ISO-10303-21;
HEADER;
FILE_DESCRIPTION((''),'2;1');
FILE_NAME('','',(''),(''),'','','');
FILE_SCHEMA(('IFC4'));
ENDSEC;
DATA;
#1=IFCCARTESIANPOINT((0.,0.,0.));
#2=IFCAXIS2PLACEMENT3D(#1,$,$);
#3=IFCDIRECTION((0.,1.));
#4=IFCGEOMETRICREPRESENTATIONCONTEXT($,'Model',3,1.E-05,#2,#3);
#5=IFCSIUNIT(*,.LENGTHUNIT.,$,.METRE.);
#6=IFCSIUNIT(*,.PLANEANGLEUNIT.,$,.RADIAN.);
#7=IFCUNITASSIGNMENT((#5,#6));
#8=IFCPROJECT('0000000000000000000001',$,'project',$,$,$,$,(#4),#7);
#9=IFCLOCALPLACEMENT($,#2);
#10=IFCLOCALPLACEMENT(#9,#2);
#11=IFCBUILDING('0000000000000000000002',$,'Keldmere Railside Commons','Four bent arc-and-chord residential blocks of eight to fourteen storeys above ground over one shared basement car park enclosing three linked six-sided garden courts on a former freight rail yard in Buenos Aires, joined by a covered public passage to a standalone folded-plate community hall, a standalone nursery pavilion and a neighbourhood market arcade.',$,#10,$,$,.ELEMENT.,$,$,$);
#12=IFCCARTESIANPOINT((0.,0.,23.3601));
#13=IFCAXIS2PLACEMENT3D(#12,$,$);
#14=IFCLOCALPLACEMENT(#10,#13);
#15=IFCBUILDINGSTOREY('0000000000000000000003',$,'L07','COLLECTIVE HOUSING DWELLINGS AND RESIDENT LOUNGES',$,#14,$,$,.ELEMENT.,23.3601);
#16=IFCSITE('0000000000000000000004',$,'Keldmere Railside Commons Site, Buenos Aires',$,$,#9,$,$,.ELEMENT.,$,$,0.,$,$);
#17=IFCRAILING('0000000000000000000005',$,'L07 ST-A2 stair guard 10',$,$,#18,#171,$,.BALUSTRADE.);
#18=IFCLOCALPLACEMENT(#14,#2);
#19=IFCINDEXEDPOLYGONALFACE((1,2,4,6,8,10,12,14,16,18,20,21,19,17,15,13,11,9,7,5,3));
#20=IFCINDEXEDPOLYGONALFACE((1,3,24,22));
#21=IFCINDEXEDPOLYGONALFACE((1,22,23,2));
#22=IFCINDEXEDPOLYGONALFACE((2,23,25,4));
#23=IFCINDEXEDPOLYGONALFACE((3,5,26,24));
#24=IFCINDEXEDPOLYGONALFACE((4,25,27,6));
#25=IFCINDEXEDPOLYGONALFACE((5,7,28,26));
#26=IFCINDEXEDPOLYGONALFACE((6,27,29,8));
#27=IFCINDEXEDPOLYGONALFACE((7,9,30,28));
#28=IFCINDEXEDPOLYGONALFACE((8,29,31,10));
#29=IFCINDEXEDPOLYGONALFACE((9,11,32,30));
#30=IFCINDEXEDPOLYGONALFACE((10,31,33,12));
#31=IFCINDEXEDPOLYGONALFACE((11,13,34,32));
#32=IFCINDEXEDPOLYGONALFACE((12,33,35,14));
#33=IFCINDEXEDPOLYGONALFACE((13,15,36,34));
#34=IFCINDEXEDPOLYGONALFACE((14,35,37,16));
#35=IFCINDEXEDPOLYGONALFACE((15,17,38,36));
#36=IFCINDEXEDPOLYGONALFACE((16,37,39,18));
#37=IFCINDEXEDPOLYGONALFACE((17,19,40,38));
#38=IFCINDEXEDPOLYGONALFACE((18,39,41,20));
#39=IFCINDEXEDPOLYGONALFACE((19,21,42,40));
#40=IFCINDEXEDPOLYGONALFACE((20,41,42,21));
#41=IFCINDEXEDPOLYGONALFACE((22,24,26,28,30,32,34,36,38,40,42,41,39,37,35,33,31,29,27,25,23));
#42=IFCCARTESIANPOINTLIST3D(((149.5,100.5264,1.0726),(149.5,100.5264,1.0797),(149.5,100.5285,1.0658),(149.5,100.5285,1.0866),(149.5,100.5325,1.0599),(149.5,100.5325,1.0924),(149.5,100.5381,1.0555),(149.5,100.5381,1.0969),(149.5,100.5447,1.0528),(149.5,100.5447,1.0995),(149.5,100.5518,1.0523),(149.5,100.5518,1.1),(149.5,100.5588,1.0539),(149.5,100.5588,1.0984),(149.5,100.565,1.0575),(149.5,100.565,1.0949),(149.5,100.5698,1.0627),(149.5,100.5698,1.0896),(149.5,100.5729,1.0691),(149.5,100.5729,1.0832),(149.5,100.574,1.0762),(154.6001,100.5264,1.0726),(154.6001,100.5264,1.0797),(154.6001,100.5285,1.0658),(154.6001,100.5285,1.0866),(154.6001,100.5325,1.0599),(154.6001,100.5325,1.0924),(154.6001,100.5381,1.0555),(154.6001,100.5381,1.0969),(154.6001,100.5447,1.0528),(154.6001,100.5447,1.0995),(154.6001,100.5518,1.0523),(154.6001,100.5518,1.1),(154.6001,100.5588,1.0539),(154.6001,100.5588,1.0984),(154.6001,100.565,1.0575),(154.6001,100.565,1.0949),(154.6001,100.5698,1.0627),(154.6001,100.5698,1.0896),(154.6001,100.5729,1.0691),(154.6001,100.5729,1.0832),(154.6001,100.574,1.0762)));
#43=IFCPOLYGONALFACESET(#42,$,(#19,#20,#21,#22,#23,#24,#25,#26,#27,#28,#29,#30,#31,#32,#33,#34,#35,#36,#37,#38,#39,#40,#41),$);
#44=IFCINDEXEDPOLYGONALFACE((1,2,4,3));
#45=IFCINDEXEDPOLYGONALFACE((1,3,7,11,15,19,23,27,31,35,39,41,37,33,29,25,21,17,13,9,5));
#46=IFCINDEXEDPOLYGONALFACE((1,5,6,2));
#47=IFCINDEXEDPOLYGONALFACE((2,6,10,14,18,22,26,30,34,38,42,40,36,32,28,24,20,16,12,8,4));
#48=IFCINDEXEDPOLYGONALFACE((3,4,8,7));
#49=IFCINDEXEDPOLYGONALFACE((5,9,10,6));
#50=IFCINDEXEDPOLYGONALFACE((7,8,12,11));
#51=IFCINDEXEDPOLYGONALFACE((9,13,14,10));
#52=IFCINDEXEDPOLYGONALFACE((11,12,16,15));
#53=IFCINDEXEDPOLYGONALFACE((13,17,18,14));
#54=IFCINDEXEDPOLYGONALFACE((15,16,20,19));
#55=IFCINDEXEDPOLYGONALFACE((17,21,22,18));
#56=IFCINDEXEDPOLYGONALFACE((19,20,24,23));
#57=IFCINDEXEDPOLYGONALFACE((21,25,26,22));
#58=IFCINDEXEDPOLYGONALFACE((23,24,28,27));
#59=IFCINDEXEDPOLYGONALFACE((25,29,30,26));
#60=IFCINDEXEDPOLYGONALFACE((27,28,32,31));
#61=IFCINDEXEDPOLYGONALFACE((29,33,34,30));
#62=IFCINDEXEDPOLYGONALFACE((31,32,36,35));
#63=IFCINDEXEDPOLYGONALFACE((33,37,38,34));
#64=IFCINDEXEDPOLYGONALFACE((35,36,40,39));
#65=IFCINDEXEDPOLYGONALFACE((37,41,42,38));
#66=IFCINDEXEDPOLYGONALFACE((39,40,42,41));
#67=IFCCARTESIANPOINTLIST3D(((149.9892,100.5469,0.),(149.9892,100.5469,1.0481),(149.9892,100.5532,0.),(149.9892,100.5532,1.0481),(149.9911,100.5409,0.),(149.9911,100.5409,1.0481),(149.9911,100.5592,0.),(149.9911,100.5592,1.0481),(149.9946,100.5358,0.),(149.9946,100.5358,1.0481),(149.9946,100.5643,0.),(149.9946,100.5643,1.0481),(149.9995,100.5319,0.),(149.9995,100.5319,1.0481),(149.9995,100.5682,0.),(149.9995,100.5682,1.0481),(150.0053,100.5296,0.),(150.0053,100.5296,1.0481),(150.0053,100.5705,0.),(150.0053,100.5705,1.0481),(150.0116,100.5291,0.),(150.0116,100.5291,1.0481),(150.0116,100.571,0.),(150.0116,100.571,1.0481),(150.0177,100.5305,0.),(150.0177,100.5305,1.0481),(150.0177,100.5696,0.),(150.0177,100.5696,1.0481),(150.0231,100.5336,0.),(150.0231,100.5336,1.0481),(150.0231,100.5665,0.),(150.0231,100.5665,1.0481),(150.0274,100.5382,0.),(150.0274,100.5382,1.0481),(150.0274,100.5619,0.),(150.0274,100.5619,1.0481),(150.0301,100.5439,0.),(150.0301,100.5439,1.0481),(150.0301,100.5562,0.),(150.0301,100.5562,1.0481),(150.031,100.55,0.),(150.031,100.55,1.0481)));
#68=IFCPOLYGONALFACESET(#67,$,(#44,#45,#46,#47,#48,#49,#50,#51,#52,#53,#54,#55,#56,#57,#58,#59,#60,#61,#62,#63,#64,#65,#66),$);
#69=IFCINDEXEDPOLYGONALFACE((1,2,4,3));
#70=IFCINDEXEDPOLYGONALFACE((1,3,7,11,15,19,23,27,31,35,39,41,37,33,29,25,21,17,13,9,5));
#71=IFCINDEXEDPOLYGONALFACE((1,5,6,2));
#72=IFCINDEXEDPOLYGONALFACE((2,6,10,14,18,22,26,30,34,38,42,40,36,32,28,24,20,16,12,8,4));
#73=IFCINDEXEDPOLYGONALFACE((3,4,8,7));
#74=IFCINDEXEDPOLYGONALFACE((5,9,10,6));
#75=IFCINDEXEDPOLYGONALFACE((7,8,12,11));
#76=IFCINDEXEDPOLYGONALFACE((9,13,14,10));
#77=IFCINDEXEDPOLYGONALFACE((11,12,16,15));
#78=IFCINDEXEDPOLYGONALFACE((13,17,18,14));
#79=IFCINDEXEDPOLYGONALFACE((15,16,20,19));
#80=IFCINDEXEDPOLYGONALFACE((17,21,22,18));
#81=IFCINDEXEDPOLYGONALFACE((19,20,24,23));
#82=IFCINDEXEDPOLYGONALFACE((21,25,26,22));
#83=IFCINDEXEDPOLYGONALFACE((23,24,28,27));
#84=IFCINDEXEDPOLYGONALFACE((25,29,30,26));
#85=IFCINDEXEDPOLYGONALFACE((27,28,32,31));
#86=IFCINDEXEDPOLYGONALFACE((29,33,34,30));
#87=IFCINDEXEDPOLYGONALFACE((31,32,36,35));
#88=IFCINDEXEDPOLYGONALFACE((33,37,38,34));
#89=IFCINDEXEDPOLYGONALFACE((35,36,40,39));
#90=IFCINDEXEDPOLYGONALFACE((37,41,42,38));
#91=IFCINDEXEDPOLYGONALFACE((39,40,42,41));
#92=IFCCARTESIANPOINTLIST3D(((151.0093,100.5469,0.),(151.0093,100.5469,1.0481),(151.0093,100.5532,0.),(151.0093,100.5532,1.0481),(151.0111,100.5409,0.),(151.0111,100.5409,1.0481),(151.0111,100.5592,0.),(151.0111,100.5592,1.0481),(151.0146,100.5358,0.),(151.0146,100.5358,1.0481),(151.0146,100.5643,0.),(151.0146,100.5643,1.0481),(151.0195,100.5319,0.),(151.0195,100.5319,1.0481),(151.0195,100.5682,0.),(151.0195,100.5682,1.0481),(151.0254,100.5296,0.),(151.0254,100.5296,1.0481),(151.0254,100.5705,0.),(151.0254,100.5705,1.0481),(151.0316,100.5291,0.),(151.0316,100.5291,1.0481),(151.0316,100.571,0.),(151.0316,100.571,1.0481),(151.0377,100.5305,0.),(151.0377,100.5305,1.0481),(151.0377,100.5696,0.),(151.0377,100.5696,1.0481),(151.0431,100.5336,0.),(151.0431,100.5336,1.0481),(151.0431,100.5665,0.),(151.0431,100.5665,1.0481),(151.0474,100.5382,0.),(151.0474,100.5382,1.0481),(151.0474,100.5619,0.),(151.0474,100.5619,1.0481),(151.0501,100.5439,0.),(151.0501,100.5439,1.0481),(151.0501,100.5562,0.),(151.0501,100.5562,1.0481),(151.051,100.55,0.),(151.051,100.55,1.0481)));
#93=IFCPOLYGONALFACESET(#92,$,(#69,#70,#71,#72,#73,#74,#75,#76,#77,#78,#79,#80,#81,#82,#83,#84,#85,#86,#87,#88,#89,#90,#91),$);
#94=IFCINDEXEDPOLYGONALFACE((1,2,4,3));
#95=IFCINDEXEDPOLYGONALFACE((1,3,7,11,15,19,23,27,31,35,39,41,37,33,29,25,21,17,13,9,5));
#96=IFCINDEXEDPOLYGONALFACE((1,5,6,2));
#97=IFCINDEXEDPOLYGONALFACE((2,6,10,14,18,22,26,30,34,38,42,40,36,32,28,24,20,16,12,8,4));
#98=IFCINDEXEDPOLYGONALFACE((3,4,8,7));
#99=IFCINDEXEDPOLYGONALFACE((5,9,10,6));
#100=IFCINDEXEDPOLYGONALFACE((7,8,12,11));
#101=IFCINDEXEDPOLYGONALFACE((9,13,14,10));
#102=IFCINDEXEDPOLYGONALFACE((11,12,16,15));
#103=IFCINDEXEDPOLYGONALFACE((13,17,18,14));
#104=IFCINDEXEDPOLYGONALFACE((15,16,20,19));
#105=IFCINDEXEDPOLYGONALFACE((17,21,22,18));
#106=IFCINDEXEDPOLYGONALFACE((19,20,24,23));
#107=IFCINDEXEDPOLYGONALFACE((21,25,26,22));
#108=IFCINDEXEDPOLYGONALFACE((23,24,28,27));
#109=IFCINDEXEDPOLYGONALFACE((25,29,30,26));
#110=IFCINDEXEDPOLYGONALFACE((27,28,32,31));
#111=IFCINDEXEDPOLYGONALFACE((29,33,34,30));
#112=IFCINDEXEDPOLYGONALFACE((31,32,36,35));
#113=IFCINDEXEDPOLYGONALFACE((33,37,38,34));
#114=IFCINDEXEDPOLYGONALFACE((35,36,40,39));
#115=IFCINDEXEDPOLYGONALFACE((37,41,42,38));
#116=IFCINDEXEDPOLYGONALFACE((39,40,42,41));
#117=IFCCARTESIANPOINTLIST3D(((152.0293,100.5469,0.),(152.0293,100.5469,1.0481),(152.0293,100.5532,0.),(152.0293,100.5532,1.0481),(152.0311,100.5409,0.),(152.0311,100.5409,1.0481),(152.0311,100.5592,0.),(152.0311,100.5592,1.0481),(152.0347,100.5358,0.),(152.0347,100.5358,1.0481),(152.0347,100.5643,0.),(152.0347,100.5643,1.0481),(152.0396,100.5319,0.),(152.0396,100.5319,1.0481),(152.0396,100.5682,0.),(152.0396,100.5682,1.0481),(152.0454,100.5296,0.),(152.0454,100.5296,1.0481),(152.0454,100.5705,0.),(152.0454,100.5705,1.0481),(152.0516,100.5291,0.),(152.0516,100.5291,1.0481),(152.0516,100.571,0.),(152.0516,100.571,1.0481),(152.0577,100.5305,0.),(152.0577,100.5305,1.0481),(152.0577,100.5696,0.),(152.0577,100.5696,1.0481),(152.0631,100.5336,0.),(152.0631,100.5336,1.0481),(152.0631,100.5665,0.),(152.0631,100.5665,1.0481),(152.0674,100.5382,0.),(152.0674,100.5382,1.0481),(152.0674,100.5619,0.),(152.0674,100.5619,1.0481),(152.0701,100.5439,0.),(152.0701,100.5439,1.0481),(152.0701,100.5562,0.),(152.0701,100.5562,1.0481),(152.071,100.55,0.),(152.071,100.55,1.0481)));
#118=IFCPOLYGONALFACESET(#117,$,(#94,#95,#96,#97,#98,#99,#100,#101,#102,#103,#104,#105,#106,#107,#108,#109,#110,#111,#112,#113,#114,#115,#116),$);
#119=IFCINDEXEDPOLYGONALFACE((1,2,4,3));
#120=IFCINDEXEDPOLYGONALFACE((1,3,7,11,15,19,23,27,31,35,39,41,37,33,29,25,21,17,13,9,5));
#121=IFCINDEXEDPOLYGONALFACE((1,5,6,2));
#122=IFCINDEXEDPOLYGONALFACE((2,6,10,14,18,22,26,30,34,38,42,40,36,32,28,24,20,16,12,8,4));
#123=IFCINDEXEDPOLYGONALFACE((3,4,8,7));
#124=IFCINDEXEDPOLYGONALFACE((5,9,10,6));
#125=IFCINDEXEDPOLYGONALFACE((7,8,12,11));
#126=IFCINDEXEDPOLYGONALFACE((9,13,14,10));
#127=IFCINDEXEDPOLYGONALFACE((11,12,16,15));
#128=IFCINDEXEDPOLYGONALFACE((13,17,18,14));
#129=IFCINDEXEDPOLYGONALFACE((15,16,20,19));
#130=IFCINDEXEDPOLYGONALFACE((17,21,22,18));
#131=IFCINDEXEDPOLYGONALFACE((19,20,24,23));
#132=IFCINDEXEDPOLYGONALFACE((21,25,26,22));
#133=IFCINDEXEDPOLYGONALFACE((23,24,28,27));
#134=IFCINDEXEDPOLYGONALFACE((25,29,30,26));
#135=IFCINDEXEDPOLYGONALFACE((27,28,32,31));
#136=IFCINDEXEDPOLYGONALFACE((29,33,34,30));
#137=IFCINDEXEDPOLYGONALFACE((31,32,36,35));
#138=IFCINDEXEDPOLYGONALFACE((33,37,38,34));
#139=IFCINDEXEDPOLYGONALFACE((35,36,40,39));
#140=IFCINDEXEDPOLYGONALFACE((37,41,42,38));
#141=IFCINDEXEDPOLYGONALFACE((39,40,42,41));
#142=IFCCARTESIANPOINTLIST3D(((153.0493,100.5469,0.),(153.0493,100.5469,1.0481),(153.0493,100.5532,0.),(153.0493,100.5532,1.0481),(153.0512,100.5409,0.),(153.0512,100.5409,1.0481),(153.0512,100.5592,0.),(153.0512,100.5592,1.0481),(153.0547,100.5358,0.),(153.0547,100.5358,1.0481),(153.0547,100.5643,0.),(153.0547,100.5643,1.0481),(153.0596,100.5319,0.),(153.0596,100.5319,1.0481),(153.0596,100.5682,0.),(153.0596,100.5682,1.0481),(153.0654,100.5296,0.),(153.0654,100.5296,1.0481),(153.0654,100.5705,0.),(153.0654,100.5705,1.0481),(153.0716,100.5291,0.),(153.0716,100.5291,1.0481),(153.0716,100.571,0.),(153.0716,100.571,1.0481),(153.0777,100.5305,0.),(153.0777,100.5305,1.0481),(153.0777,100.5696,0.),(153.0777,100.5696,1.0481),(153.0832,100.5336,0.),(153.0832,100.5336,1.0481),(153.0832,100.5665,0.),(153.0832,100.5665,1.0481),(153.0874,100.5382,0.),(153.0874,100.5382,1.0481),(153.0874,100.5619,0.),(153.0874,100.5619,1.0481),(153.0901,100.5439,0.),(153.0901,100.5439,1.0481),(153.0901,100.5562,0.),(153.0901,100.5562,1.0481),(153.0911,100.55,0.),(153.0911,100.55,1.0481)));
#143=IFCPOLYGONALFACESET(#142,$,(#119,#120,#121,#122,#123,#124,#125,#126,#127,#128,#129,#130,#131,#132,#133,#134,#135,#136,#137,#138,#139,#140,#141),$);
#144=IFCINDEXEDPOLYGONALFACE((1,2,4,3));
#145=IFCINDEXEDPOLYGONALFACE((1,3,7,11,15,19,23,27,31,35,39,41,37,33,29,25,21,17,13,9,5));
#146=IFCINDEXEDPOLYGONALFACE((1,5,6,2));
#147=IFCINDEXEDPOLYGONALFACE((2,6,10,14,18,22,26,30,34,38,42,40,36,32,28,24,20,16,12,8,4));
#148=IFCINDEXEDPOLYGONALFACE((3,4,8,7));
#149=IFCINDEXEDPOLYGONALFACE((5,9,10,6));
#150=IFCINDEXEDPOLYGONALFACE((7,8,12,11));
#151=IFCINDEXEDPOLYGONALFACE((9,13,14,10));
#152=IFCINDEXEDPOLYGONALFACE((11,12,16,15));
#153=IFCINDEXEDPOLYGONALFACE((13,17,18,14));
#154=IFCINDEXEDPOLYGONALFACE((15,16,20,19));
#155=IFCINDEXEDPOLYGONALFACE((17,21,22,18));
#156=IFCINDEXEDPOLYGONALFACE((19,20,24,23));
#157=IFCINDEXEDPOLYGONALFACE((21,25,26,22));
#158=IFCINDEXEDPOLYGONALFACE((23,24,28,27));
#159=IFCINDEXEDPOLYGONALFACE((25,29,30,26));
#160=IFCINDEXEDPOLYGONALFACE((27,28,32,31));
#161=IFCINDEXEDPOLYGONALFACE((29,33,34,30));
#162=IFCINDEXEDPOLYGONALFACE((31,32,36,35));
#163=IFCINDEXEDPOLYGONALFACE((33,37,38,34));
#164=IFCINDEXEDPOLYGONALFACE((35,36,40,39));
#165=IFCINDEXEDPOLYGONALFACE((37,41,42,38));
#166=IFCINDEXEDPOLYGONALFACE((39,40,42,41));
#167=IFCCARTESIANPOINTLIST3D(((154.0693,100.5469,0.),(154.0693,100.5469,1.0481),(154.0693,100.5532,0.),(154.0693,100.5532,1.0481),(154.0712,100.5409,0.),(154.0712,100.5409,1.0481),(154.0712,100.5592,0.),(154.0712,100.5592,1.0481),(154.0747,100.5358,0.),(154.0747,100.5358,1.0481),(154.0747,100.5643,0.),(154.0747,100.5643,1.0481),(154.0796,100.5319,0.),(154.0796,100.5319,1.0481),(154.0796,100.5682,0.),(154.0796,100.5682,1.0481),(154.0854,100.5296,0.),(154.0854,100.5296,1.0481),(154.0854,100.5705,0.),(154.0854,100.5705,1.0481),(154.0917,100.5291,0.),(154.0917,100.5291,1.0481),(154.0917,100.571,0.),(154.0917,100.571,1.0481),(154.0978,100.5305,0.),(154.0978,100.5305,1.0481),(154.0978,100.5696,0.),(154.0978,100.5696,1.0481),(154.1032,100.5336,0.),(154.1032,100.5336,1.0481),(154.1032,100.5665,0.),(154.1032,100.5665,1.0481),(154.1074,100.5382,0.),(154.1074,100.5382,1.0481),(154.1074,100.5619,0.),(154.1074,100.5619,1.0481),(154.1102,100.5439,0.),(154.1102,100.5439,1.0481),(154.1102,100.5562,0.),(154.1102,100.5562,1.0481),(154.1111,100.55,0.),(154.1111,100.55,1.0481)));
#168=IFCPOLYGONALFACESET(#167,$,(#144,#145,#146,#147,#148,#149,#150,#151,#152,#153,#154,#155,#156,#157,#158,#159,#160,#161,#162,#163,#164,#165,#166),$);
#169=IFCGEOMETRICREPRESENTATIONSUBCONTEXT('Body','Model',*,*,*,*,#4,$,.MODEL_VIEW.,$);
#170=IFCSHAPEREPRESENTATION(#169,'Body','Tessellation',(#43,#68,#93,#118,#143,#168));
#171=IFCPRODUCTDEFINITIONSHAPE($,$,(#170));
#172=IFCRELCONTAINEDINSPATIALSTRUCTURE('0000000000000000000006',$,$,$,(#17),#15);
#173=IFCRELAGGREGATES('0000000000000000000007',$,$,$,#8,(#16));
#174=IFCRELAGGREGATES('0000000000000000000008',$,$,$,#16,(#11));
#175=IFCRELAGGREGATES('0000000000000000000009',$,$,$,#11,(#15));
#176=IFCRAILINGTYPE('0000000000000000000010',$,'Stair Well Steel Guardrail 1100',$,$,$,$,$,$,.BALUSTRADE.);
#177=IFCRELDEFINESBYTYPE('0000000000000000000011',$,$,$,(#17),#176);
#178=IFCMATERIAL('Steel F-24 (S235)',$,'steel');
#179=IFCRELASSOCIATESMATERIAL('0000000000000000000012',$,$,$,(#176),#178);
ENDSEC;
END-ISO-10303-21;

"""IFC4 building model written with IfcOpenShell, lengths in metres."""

from ifc_helpers import new_model, si_unit, direction, frame, origin, origin_2d, place, context, subcontext, project, spatial, circle, extrude, material, type_object, element, save


model = new_model("IFC4")

# Units and contexts
model_context = context("Model", 3, precision=1e-05, world=origin(), true_north=direction((0.0, 1.0)))
body_context = subcontext(model_context, "Body", "Model", "MODEL_VIEW")
ifc_project = project(units=[si_unit("LENGTHUNIT", "METRE"), si_unit("PLANEANGLEUNIT", "RADIAN")], contexts=[model_context])

# Site, building, storey
site_placement = place(None, origin())
site = spatial("IfcSite", under=ifc_project, at=site_placement, Name="Keldmere Railside Commons Site, Buenos Aires", CompositionType="ELEMENT", RefElevation=0.0)
building_placement = place(site_placement, origin())
building = spatial("IfcBuilding", under=site, at=building_placement, Name="Keldmere Railside Commons", Description="Four bent arc-and-chord residential blocks of eight to fourteen storeys above ground over one shared basement car park enclosing three linked six-sided garden courts on a former freight rail yard in Buenos Aires, joined by a covered public passage to a standalone folded-plate community hall, a standalone nursery pavilion and a neighbourhood market arcade.", CompositionType="ELEMENT")
storey_placement = place(building_placement, frame((0.0, 0.0, 23.3601)))
storey = spatial("IfcBuildingStorey", under=building, at=storey_placement, Name="L07", Description="COLLECTIVE HOUSING DWELLINGS AND RESIDENT LOUNGES", CompositionType="ELEMENT", Elevation=23.3601)

# Railing
ifc_material_1 = material(Name="Steel F-24 (S235)", Category="steel")
railing_type_1 = type_object("IfcRailingType", Name="Stair Well Steel Guardrail 1100", PredefinedType="BALUSTRADE", material=ifc_material_1)
for number, where, name in (
    (1, (149.5, 100.55, 0.0), "L07 ST-A2 stair guard 10"),
):
    element("IfcRailing", number, at=place(storey_placement, frame(where)), inside=storey, type_object=railing_type_1, Name=name, PredefinedType="BALUSTRADE", context=body_context, shape_type="SweptSolid", body=[
        extrude(circle(Radius=0.0239, at=origin_2d()), frame((0.0, 0.0, 1.0762), z_axis=(1.0, 0.0, 0.0), x_axis=(0.0, 1.0, 0.0)), (0.0, 0.0, 1.0), 5.1001),
        extrude(circle(Radius=0.021, at=origin_2d()), frame((0.51, 0.0, 0.0)), (0.0, 0.0, 1.0), 1.0481),
        extrude(circle(Radius=0.021, at=origin_2d()), frame((1.53, 0.0, 0.0)), (0.0, 0.0, 1.0), 1.0481),
        extrude(circle(Radius=0.021, at=origin_2d()), frame((2.55, 0.0, 0.0)), (0.0, 0.0, 1.0), 1.0481),
        extrude(circle(Radius=0.021, at=origin_2d()), frame((3.5701, 0.0, 0.0)), (0.0, 0.0, 1.0), 1.0481),
        extrude(circle(Radius=0.021, at=origin_2d()), frame((4.5901, 0.0, 0.0)), (0.0, 0.0, 1.0), 1.0481),
    ])

save(model, "model.ifc")
